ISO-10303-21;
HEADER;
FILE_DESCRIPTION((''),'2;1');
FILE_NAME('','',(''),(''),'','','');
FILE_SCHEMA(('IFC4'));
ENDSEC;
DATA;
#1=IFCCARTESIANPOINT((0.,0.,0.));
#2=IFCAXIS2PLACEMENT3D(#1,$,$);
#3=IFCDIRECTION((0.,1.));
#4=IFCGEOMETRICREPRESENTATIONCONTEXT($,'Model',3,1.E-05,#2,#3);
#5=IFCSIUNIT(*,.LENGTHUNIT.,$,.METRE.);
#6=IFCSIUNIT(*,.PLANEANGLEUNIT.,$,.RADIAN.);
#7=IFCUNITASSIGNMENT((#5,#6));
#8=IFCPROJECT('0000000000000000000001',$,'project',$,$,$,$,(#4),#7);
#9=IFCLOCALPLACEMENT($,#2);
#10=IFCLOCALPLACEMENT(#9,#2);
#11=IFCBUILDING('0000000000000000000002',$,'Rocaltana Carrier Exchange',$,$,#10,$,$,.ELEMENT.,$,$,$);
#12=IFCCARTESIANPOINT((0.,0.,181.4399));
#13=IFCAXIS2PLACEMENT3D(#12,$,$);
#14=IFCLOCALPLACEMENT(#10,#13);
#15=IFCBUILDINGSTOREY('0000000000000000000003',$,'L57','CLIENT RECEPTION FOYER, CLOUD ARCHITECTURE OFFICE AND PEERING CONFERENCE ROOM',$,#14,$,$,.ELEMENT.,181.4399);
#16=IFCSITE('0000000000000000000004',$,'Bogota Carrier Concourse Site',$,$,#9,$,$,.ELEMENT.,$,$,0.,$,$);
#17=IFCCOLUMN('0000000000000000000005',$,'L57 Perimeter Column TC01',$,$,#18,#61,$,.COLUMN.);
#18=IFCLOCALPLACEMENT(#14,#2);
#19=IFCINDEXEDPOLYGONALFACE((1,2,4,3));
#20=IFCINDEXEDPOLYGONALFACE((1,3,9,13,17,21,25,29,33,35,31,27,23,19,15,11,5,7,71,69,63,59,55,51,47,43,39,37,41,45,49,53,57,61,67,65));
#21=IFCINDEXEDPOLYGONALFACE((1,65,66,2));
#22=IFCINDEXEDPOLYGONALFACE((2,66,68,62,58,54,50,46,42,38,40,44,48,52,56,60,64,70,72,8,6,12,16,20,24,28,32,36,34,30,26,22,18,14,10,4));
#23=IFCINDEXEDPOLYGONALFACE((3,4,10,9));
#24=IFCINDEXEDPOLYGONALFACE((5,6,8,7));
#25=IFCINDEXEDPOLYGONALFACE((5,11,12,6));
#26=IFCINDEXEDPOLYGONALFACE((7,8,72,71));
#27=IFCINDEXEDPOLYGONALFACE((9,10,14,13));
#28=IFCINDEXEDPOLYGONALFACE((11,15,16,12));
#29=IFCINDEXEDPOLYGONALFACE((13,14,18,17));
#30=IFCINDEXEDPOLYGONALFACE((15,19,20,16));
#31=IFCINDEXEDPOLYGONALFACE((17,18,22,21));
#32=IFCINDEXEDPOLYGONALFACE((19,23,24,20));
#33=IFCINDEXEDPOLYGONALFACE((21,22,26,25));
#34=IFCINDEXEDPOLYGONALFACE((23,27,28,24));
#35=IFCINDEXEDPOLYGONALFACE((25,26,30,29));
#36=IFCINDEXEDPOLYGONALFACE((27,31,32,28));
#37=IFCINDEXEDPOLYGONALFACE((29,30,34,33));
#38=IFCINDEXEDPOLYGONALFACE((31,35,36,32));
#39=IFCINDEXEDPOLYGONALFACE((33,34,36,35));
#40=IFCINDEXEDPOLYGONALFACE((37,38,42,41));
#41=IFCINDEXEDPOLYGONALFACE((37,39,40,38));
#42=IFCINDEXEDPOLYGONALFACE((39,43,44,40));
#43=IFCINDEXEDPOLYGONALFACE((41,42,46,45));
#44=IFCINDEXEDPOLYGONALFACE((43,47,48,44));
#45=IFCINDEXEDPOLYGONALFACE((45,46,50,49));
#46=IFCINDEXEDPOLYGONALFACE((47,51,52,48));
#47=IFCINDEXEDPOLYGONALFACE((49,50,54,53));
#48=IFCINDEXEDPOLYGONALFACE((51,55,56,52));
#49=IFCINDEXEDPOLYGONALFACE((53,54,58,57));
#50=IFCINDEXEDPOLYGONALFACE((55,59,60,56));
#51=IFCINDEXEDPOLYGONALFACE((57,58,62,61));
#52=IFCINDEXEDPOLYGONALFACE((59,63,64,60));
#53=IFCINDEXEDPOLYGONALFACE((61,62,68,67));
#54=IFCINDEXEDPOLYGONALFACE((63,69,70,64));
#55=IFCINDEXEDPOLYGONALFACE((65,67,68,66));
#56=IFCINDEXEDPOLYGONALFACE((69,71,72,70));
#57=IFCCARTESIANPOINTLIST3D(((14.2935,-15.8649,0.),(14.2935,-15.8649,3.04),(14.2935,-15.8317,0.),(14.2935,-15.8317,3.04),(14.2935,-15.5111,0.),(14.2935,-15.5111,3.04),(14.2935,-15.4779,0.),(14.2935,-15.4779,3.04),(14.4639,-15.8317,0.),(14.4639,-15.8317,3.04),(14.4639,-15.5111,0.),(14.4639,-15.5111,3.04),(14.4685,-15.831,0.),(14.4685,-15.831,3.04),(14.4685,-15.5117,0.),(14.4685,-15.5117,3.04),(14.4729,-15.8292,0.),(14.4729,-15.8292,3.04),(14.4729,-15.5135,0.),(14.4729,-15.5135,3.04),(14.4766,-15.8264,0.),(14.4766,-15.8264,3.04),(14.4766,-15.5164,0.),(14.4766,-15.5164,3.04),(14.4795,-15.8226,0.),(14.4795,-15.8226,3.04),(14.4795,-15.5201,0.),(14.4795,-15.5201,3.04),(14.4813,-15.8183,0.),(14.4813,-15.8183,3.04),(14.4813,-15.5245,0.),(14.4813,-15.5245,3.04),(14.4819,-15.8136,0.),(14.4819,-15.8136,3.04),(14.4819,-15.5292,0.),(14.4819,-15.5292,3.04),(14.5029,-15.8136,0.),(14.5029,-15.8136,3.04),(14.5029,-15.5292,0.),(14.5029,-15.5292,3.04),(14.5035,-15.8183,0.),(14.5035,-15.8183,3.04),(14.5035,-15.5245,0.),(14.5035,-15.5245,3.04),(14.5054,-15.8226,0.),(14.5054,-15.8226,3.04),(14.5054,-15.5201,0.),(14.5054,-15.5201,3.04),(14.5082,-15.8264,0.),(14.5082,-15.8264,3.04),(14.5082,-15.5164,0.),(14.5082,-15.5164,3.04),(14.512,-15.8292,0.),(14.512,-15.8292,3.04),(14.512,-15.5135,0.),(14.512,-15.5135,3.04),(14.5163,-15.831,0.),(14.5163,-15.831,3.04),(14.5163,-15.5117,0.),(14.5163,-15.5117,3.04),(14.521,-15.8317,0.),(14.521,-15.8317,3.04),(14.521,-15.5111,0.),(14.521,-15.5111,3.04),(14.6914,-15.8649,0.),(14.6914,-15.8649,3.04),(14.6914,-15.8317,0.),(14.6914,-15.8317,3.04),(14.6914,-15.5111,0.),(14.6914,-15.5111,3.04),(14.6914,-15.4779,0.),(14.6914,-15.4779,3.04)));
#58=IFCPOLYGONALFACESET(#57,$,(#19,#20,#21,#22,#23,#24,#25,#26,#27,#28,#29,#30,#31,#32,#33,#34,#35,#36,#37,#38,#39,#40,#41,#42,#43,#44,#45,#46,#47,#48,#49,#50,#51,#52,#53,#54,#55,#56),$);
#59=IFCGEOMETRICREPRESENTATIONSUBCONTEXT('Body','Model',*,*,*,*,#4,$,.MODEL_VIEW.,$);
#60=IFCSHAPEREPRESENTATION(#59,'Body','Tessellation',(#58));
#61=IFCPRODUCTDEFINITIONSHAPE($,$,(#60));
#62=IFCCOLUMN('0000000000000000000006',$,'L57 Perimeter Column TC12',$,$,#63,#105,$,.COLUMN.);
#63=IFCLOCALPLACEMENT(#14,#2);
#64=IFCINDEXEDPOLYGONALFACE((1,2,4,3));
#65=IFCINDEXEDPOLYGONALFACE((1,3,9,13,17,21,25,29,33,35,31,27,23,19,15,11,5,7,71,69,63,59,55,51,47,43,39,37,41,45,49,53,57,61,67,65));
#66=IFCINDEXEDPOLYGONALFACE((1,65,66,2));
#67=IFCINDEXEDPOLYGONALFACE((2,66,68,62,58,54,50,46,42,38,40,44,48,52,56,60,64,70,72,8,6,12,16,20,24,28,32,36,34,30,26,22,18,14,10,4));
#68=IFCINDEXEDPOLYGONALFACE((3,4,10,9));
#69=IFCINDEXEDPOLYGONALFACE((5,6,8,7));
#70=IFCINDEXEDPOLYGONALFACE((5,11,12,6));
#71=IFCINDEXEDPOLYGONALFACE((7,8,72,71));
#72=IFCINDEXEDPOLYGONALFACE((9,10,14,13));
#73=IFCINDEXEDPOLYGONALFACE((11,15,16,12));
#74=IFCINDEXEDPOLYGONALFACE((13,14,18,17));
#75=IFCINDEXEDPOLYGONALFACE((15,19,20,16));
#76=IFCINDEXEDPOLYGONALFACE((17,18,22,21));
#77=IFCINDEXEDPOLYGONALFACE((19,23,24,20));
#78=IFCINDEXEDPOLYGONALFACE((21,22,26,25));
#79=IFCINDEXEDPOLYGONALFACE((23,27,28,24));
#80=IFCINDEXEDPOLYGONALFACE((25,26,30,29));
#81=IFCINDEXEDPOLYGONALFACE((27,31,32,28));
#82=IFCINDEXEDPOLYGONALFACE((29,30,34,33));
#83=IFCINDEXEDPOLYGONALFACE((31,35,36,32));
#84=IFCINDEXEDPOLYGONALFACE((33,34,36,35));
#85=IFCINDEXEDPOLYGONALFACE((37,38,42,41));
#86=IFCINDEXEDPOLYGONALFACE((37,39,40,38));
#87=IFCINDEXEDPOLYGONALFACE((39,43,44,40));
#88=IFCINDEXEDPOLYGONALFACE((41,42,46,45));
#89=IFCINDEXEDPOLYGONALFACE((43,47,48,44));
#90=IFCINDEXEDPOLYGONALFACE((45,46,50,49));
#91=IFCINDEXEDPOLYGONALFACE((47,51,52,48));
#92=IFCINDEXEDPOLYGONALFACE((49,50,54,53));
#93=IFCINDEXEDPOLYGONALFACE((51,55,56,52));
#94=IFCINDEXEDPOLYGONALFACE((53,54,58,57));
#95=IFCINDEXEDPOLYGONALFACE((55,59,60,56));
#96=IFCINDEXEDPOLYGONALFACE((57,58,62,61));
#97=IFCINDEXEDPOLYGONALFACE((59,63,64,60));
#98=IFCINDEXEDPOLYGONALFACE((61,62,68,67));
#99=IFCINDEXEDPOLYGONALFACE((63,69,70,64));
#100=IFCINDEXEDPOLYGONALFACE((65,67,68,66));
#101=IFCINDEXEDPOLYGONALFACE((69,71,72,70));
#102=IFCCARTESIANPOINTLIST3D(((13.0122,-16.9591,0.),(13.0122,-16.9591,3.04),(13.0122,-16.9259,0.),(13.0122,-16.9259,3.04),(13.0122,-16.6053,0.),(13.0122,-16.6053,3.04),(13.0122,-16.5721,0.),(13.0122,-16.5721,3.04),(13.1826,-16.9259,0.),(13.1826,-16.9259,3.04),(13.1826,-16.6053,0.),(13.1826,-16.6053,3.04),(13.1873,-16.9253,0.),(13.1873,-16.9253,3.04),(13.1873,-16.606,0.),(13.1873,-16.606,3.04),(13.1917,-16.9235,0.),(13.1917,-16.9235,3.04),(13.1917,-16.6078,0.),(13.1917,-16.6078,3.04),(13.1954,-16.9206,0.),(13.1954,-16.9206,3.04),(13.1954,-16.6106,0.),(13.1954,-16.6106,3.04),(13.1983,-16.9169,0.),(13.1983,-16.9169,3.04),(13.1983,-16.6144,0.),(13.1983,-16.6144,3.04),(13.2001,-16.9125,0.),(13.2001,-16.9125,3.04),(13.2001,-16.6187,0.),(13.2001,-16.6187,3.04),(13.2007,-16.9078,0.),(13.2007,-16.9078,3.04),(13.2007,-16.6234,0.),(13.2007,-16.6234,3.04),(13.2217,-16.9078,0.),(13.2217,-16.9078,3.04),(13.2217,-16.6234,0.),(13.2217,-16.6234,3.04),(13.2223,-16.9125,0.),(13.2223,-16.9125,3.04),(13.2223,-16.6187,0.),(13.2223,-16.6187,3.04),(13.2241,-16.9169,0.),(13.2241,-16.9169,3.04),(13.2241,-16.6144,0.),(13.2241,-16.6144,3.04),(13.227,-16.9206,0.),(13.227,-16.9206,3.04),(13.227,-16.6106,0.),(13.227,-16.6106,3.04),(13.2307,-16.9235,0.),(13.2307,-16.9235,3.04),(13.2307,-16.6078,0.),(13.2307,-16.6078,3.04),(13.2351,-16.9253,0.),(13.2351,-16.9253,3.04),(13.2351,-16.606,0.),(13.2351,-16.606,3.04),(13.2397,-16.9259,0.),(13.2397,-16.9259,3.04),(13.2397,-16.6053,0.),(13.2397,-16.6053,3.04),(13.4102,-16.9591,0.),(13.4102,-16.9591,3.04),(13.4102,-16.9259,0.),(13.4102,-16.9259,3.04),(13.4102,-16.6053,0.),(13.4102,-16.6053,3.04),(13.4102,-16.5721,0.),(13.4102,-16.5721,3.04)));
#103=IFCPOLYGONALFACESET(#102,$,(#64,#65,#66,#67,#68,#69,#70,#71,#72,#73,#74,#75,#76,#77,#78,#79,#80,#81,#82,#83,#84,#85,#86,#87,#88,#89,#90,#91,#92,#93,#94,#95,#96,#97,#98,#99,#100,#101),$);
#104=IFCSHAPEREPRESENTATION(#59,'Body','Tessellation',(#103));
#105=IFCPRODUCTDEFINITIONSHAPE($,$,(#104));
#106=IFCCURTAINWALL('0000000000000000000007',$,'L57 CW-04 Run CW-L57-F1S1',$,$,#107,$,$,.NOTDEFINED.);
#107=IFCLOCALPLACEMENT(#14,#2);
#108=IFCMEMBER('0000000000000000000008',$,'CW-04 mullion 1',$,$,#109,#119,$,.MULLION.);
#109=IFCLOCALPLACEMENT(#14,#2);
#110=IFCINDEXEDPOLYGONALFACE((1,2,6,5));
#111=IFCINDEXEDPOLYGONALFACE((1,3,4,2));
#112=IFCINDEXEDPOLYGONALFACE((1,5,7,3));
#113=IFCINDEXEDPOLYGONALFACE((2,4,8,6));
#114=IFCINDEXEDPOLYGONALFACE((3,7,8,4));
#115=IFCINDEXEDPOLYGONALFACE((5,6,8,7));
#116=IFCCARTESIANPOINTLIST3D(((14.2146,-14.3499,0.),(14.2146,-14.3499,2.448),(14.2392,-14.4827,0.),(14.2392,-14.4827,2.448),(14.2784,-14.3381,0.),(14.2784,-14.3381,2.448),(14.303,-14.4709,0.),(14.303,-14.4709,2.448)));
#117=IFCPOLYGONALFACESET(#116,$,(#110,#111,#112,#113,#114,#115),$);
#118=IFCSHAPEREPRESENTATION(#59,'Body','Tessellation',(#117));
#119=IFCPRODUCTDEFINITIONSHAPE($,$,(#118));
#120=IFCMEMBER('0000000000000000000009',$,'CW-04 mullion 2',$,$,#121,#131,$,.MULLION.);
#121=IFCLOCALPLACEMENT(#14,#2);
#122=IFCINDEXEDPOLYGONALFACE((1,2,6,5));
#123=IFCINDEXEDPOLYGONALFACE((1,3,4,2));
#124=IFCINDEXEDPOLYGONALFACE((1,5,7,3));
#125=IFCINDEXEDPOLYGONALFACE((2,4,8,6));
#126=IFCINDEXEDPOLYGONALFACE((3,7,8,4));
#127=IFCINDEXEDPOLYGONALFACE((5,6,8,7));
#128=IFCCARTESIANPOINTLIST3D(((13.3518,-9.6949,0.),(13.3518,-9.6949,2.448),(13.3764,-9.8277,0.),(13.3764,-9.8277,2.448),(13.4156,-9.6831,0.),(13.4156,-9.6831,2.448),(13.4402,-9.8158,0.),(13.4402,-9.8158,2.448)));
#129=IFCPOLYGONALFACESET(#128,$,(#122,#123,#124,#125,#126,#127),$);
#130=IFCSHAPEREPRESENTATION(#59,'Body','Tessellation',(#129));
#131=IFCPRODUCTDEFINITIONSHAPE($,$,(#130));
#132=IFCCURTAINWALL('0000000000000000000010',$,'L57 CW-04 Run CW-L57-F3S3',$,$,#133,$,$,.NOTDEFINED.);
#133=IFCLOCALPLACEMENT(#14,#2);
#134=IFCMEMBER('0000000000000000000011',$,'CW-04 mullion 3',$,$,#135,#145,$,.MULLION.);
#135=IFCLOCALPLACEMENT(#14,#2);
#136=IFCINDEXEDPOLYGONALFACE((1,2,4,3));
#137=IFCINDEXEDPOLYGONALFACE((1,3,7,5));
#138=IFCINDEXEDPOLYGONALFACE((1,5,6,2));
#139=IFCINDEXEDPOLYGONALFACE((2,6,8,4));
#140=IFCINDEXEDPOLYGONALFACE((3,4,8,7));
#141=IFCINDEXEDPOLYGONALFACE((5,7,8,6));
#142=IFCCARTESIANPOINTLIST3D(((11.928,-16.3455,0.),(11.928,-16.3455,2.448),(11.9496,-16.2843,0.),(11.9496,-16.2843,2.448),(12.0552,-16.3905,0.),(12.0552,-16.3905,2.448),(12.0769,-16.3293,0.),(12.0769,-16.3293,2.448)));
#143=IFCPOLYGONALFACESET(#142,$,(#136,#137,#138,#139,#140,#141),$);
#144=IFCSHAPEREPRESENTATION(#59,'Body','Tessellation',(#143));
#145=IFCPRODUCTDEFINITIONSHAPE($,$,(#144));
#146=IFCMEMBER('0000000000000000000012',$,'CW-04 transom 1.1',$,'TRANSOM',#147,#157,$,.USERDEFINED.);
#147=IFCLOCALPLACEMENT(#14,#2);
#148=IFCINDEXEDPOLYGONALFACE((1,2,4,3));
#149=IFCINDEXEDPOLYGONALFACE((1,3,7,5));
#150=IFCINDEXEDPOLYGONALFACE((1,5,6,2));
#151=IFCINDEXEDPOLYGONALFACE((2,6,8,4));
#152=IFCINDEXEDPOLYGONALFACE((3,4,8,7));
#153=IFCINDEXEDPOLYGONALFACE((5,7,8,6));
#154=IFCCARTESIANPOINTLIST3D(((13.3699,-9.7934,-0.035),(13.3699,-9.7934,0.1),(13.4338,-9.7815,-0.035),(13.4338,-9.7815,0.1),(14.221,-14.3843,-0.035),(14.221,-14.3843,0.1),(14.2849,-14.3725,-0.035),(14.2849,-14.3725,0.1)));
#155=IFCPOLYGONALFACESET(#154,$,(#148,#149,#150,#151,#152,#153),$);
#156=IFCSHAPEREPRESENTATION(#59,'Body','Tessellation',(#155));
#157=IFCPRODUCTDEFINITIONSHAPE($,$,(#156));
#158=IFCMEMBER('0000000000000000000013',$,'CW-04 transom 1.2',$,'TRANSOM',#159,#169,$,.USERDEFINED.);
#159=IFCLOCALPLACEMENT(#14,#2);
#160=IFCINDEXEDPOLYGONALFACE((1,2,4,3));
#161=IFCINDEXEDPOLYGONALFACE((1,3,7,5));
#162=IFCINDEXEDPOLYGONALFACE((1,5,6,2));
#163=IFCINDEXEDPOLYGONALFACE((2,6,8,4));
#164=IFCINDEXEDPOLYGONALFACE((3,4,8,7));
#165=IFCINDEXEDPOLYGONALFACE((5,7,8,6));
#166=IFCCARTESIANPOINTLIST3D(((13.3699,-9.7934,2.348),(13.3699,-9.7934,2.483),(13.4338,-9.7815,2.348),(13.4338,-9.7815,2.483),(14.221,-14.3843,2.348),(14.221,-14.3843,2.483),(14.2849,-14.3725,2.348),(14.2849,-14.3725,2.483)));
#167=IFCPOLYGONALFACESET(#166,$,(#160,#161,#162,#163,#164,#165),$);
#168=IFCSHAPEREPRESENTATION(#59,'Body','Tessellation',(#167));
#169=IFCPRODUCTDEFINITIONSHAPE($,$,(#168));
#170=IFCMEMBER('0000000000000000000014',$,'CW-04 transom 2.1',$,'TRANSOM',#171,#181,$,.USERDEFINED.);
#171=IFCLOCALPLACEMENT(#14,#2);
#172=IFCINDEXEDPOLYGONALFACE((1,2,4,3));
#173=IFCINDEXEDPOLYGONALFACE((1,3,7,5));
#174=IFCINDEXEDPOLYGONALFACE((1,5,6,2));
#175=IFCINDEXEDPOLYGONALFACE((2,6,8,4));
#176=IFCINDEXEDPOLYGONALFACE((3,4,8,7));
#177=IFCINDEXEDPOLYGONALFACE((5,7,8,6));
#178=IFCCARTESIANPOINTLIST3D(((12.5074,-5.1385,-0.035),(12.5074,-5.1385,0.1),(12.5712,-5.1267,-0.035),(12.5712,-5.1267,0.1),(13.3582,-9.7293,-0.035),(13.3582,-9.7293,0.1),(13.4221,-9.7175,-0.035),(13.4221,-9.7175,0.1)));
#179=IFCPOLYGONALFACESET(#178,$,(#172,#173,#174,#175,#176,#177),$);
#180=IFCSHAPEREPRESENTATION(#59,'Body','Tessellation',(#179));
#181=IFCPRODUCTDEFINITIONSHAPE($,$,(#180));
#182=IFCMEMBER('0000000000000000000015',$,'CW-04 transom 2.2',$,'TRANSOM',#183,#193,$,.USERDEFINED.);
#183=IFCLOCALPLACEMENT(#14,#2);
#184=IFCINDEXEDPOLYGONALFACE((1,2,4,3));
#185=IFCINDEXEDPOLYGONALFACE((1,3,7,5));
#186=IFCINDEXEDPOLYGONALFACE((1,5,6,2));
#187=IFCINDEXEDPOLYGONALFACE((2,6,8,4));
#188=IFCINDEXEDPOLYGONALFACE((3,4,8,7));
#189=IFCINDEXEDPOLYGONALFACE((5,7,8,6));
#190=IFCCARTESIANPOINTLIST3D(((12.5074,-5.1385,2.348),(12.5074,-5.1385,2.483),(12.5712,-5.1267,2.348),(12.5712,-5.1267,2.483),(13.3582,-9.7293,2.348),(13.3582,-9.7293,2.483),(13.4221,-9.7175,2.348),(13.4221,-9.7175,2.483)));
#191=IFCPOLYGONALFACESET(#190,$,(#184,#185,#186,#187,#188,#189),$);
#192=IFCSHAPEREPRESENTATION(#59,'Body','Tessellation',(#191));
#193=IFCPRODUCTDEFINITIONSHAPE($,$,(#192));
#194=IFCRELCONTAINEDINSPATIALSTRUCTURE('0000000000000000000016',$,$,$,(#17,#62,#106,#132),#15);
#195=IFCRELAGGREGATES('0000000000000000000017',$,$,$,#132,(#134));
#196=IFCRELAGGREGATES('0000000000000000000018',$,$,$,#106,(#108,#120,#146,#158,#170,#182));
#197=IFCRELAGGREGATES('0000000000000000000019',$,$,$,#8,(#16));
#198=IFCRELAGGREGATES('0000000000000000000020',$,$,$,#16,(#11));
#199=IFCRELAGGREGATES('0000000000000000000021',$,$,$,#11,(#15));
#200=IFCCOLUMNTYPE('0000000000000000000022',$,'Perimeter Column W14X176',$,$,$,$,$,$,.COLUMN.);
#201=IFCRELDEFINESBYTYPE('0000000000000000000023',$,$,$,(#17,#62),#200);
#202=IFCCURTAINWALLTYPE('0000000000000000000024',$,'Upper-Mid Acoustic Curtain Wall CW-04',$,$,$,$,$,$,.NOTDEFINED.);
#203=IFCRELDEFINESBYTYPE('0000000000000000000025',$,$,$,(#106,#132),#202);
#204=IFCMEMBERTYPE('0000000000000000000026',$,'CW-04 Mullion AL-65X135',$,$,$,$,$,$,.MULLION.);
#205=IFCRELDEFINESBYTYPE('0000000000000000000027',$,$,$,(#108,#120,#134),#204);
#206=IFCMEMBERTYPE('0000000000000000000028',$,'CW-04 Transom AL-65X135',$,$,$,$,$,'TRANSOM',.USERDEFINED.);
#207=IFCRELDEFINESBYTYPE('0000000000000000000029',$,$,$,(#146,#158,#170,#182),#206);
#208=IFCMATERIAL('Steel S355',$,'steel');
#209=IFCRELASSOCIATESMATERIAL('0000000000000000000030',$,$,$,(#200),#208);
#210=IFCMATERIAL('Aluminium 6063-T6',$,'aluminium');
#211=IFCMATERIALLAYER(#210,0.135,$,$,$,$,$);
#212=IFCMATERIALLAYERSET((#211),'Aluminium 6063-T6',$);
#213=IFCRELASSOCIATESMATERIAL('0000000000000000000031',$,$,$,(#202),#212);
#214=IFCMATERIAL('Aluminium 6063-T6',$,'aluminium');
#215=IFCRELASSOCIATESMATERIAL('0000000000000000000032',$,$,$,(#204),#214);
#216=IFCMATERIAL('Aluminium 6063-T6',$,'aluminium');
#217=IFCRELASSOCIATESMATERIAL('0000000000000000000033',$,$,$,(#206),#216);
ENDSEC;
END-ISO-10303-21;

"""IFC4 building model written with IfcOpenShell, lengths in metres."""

from ifc_helpers import new_model, si_unit, direction, frame, origin, origin_2d, place, context, subcontext, project, spatial, rectangle, i_section, extrude, material, layer, layer_set, material_profile, profile_set, type_object, element, aggregate, save


model = new_model("IFC4")

# Units and contexts
model_context = context("Model", 3, precision=1e-05, world=origin(), true_north=direction((0.0, 1.0)))
body_context = subcontext(model_context, "Body", "Model", "MODEL_VIEW")
ifc_project = project(units=[si_unit("LENGTHUNIT", "METRE"), si_unit("PLANEANGLEUNIT", "RADIAN")], contexts=[model_context])

# Site, building, storey
site_placement = place(None, origin())
site = spatial("IfcSite", under=ifc_project, at=site_placement, Name="Bogota Carrier Concourse Site", CompositionType="ELEMENT", RefElevation=0.0)
building_placement = place(site_placement, origin())
building = spatial("IfcBuilding", under=site, at=building_placement, Name="Rocaltana Carrier Exchange", CompositionType="ELEMENT")
storey_placement = place(building_placement, frame((0.0, 0.0, 181.4399)))
storey = spatial("IfcBuildingStorey", under=building, at=storey_placement, Name="L57", Description="CLIENT RECEPTION FOYER, CLOUD ARCHITECTURE OFFICE AND PEERING CONFERENCE ROOM", CompositionType="ELEMENT", Elevation=181.4399)

# Columns
ifc_material_1 = material(Name="Steel S355", Category="steel")
ifc_material_profile_1 = material_profile(ifc_material_1, i_section(OverallWidth=0.3979, OverallDepth=0.387, WebThickness=0.021, FlangeThickness=0.0332, FilletRadius=0.0181, at=origin_2d()), Name="W14X176")
ifc_profile_set_1 = profile_set([ifc_material_profile_1], Name="Steel S355")
column_type = type_object("IfcColumnType", Name="Perimeter Column W14X176", PredefinedType="COLUMN", material=ifc_profile_set_1)
for number, where, z_axis, x_axis, name in (
    (1, (14.4924, -15.6714, 0.0), (0.0, 0.0, 1.0), (1.0, 0.0, 0.0), "L57 Perimeter Column TC01"),
    (2, (13.2112, -16.7656, 0.0), (0.0, 0.0, 1.0), (1.0, 0.0, 0.0), "L57 Perimeter Column TC12"),
):
    element("IfcColumn", number, at=place(storey_placement, frame(where, z_axis=z_axis, x_axis=x_axis)), inside=storey, type_object=column_type, Name=name, PredefinedType="COLUMN", context=body_context, shape_type="SweptSolid", body=[
        extrude(i_section(OverallWidth=0.3979, OverallDepth=0.387, WebThickness=0.021, FlangeThickness=0.0332, FilletRadius=0.0181, at=origin_2d()), origin(), (0.0, 0.0, 1.0), 3.04),
    ])

# Curtain wall, members
ifc_material_2 = material(Name="Aluminium 6063-T6", Category="aluminium")
ifc_layer_1 = layer(ifc_material_2, 0.135)
ifc_layer_set_1 = layer_set([ifc_layer_1], Name="Aluminium 6063-T6")
curtain_wall_type = type_object("IfcCurtainWallType", Name="Upper-Mid Acoustic Curtain Wall CW-04", PredefinedType="NOTDEFINED", material=ifc_layer_set_1)
curtain_wall_1_placement = place(storey_placement, origin())
curtain_wall_1 = element("IfcCurtainWall", 3, at=curtain_wall_1_placement, inside=storey, type_object=curtain_wall_type, Name="L57 CW-04 Run CW-L57-F1S1", PredefinedType="NOTDEFINED")
ifc_material_3 = material(Name="Aluminium 6063-T6", Category="aluminium")
ifc_material_profile_2 = material_profile(ifc_material_3, rectangle(XDim=0.0649, YDim=0.135, at=origin_2d()), Name="AL-65X135")
ifc_profile_set_2 = profile_set([ifc_material_profile_2], Name="Aluminium 6063-T6")
member_type_1 = type_object("IfcMemberType", Name="CW-04 Mullion AL-65X135", PredefinedType="MULLION", material=ifc_profile_set_2)
member_1_placement = place(storey_placement, frame((14.2588, -14.4104, 0.0), z_axis=(0.0, 0.0, 1.0), x_axis=(-0.983255, -0.182234, 0.0)))
member_1 = element("IfcMember", 4, at=member_1_placement, type_object=member_type_1, Name="CW-04 mullion 1", PredefinedType="MULLION", context=body_context, shape_type="SweptSolid", body=[
    extrude(rectangle(XDim=0.0649, YDim=0.135, at=origin_2d()), origin(), (0.0, 0.0, 1.0), 2.448),
])
member_2_placement = place(storey_placement, frame((13.396, -9.7554, 0.0), z_axis=(0.0, 0.0, 1.0), x_axis=(-0.983255, -0.182234, 0.0)))
member_2 = element("IfcMember", 5, at=member_2_placement, type_object=member_type_1, Name="CW-04 mullion 2", PredefinedType="MULLION", context=body_context, shape_type="SweptSolid", body=[
    extrude(rectangle(XDim=0.0649, YDim=0.135, at=origin_2d()), origin(), (0.0, 0.0, 1.0), 2.448),
])

# Curtain wall, member
curtain_wall_2_placement = place(storey_placement, origin())
curtain_wall_2 = element("IfcCurtainWall", 6, at=curtain_wall_2_placement, inside=storey, type_object=curtain_wall_type, Name="L57 CW-04 Run CW-L57-F3S3", PredefinedType="NOTDEFINED")
member_3_placement = place(storey_placement, frame((12.0024, -16.3374, 0.0), z_axis=(0.0, 0.0, 1.0), x_axis=(0.333799, 0.942644, 0.0)))
member_3 = element("IfcMember", 7, at=member_3_placement, type_object=member_type_1, Name="CW-04 mullion 3", PredefinedType="MULLION", context=body_context, shape_type="SweptSolid", body=[
    extrude(rectangle(XDim=0.0649, YDim=0.135, at=origin_2d()), origin(), (0.0, 0.0, 1.0), 2.448),
])
aggregate(curtain_wall_2, [member_3])

# Members
ifc_material_4 = material(Name="Aluminium 6063-T6", Category="aluminium")
ifc_material_profile_3 = material_profile(ifc_material_4, rectangle(XDim=0.0649, YDim=0.135, at=origin_2d()), Name="AL-65X135")
ifc_profile_set_3 = profile_set([ifc_material_profile_3], Name="Aluminium 6063-T6")
member_type_2 = type_object("IfcMemberType", Name="CW-04 Transom AL-65X135", ElementType="TRANSOM", PredefinedType="USERDEFINED", material=ifc_profile_set_3)
member_4_placement = place(storey_placement, frame((14.2529, -14.3784, 0.0325), z_axis=(-0.182271, 0.983248, 0.0), x_axis=(-0.983248, -0.182271, 0.0)))
member_4 = element("IfcMember", 8, at=member_4_placement, type_object=member_type_2, Name="CW-04 transom 1.1", ObjectType="TRANSOM", PredefinedType="USERDEFINED", context=body_context, shape_type="SweptSolid", body=[
    extrude(rectangle(XDim=0.0649, YDim=0.135, at=origin_2d()), origin(), (0.0, 0.0, 1.0), 4.6692),
])
member_5_placement = place(storey_placement, frame((14.2529, -14.3784, 2.4155), z_axis=(-0.182271, 0.983248, 0.0), x_axis=(-0.983248, -0.182271, 0.0)))
member_5 = element("IfcMember", 9, at=member_5_placement, type_object=member_type_2, Name="CW-04 transom 1.2", ObjectType="TRANSOM", PredefinedType="USERDEFINED", context=body_context, shape_type="SweptSolid", body=[
    extrude(rectangle(XDim=0.0649, YDim=0.135, at=origin_2d()), origin(), (0.0, 0.0, 1.0), 4.6692),
])
member_6_placement = place(storey_placement, frame((13.3901, -9.7234, 0.0325), z_axis=(-0.18223, 0.983256, 0.0), x_axis=(-0.983256, -0.18223, 0.0)))
member_6 = element("IfcMember", 10, at=member_6_placement, type_object=member_type_2, Name="CW-04 transom 2.1", ObjectType="TRANSOM", PredefinedType="USERDEFINED", context=body_context, shape_type="SweptSolid", body=[
    extrude(rectangle(XDim=0.0649, YDim=0.135, at=origin_2d()), origin(), (0.0, 0.0, 1.0), 4.6689),
])
member_7_placement = place(storey_placement, frame((13.3901, -9.7234, 2.4155), z_axis=(-0.18223, 0.983256, 0.0), x_axis=(-0.983256, -0.18223, 0.0)))
member_7 = element("IfcMember", 11, at=member_7_placement, type_object=member_type_2, Name="CW-04 transom 2.2", ObjectType="TRANSOM", PredefinedType="USERDEFINED", context=body_context, shape_type="SweptSolid", body=[
    extrude(rectangle(XDim=0.0649, YDim=0.135, at=origin_2d()), origin(), (0.0, 0.0, 1.0), 4.6689),
])

aggregate(curtain_wall_1, [member_1, member_2, member_4, member_5, member_6, member_7])

save(model, "model.ifc")
